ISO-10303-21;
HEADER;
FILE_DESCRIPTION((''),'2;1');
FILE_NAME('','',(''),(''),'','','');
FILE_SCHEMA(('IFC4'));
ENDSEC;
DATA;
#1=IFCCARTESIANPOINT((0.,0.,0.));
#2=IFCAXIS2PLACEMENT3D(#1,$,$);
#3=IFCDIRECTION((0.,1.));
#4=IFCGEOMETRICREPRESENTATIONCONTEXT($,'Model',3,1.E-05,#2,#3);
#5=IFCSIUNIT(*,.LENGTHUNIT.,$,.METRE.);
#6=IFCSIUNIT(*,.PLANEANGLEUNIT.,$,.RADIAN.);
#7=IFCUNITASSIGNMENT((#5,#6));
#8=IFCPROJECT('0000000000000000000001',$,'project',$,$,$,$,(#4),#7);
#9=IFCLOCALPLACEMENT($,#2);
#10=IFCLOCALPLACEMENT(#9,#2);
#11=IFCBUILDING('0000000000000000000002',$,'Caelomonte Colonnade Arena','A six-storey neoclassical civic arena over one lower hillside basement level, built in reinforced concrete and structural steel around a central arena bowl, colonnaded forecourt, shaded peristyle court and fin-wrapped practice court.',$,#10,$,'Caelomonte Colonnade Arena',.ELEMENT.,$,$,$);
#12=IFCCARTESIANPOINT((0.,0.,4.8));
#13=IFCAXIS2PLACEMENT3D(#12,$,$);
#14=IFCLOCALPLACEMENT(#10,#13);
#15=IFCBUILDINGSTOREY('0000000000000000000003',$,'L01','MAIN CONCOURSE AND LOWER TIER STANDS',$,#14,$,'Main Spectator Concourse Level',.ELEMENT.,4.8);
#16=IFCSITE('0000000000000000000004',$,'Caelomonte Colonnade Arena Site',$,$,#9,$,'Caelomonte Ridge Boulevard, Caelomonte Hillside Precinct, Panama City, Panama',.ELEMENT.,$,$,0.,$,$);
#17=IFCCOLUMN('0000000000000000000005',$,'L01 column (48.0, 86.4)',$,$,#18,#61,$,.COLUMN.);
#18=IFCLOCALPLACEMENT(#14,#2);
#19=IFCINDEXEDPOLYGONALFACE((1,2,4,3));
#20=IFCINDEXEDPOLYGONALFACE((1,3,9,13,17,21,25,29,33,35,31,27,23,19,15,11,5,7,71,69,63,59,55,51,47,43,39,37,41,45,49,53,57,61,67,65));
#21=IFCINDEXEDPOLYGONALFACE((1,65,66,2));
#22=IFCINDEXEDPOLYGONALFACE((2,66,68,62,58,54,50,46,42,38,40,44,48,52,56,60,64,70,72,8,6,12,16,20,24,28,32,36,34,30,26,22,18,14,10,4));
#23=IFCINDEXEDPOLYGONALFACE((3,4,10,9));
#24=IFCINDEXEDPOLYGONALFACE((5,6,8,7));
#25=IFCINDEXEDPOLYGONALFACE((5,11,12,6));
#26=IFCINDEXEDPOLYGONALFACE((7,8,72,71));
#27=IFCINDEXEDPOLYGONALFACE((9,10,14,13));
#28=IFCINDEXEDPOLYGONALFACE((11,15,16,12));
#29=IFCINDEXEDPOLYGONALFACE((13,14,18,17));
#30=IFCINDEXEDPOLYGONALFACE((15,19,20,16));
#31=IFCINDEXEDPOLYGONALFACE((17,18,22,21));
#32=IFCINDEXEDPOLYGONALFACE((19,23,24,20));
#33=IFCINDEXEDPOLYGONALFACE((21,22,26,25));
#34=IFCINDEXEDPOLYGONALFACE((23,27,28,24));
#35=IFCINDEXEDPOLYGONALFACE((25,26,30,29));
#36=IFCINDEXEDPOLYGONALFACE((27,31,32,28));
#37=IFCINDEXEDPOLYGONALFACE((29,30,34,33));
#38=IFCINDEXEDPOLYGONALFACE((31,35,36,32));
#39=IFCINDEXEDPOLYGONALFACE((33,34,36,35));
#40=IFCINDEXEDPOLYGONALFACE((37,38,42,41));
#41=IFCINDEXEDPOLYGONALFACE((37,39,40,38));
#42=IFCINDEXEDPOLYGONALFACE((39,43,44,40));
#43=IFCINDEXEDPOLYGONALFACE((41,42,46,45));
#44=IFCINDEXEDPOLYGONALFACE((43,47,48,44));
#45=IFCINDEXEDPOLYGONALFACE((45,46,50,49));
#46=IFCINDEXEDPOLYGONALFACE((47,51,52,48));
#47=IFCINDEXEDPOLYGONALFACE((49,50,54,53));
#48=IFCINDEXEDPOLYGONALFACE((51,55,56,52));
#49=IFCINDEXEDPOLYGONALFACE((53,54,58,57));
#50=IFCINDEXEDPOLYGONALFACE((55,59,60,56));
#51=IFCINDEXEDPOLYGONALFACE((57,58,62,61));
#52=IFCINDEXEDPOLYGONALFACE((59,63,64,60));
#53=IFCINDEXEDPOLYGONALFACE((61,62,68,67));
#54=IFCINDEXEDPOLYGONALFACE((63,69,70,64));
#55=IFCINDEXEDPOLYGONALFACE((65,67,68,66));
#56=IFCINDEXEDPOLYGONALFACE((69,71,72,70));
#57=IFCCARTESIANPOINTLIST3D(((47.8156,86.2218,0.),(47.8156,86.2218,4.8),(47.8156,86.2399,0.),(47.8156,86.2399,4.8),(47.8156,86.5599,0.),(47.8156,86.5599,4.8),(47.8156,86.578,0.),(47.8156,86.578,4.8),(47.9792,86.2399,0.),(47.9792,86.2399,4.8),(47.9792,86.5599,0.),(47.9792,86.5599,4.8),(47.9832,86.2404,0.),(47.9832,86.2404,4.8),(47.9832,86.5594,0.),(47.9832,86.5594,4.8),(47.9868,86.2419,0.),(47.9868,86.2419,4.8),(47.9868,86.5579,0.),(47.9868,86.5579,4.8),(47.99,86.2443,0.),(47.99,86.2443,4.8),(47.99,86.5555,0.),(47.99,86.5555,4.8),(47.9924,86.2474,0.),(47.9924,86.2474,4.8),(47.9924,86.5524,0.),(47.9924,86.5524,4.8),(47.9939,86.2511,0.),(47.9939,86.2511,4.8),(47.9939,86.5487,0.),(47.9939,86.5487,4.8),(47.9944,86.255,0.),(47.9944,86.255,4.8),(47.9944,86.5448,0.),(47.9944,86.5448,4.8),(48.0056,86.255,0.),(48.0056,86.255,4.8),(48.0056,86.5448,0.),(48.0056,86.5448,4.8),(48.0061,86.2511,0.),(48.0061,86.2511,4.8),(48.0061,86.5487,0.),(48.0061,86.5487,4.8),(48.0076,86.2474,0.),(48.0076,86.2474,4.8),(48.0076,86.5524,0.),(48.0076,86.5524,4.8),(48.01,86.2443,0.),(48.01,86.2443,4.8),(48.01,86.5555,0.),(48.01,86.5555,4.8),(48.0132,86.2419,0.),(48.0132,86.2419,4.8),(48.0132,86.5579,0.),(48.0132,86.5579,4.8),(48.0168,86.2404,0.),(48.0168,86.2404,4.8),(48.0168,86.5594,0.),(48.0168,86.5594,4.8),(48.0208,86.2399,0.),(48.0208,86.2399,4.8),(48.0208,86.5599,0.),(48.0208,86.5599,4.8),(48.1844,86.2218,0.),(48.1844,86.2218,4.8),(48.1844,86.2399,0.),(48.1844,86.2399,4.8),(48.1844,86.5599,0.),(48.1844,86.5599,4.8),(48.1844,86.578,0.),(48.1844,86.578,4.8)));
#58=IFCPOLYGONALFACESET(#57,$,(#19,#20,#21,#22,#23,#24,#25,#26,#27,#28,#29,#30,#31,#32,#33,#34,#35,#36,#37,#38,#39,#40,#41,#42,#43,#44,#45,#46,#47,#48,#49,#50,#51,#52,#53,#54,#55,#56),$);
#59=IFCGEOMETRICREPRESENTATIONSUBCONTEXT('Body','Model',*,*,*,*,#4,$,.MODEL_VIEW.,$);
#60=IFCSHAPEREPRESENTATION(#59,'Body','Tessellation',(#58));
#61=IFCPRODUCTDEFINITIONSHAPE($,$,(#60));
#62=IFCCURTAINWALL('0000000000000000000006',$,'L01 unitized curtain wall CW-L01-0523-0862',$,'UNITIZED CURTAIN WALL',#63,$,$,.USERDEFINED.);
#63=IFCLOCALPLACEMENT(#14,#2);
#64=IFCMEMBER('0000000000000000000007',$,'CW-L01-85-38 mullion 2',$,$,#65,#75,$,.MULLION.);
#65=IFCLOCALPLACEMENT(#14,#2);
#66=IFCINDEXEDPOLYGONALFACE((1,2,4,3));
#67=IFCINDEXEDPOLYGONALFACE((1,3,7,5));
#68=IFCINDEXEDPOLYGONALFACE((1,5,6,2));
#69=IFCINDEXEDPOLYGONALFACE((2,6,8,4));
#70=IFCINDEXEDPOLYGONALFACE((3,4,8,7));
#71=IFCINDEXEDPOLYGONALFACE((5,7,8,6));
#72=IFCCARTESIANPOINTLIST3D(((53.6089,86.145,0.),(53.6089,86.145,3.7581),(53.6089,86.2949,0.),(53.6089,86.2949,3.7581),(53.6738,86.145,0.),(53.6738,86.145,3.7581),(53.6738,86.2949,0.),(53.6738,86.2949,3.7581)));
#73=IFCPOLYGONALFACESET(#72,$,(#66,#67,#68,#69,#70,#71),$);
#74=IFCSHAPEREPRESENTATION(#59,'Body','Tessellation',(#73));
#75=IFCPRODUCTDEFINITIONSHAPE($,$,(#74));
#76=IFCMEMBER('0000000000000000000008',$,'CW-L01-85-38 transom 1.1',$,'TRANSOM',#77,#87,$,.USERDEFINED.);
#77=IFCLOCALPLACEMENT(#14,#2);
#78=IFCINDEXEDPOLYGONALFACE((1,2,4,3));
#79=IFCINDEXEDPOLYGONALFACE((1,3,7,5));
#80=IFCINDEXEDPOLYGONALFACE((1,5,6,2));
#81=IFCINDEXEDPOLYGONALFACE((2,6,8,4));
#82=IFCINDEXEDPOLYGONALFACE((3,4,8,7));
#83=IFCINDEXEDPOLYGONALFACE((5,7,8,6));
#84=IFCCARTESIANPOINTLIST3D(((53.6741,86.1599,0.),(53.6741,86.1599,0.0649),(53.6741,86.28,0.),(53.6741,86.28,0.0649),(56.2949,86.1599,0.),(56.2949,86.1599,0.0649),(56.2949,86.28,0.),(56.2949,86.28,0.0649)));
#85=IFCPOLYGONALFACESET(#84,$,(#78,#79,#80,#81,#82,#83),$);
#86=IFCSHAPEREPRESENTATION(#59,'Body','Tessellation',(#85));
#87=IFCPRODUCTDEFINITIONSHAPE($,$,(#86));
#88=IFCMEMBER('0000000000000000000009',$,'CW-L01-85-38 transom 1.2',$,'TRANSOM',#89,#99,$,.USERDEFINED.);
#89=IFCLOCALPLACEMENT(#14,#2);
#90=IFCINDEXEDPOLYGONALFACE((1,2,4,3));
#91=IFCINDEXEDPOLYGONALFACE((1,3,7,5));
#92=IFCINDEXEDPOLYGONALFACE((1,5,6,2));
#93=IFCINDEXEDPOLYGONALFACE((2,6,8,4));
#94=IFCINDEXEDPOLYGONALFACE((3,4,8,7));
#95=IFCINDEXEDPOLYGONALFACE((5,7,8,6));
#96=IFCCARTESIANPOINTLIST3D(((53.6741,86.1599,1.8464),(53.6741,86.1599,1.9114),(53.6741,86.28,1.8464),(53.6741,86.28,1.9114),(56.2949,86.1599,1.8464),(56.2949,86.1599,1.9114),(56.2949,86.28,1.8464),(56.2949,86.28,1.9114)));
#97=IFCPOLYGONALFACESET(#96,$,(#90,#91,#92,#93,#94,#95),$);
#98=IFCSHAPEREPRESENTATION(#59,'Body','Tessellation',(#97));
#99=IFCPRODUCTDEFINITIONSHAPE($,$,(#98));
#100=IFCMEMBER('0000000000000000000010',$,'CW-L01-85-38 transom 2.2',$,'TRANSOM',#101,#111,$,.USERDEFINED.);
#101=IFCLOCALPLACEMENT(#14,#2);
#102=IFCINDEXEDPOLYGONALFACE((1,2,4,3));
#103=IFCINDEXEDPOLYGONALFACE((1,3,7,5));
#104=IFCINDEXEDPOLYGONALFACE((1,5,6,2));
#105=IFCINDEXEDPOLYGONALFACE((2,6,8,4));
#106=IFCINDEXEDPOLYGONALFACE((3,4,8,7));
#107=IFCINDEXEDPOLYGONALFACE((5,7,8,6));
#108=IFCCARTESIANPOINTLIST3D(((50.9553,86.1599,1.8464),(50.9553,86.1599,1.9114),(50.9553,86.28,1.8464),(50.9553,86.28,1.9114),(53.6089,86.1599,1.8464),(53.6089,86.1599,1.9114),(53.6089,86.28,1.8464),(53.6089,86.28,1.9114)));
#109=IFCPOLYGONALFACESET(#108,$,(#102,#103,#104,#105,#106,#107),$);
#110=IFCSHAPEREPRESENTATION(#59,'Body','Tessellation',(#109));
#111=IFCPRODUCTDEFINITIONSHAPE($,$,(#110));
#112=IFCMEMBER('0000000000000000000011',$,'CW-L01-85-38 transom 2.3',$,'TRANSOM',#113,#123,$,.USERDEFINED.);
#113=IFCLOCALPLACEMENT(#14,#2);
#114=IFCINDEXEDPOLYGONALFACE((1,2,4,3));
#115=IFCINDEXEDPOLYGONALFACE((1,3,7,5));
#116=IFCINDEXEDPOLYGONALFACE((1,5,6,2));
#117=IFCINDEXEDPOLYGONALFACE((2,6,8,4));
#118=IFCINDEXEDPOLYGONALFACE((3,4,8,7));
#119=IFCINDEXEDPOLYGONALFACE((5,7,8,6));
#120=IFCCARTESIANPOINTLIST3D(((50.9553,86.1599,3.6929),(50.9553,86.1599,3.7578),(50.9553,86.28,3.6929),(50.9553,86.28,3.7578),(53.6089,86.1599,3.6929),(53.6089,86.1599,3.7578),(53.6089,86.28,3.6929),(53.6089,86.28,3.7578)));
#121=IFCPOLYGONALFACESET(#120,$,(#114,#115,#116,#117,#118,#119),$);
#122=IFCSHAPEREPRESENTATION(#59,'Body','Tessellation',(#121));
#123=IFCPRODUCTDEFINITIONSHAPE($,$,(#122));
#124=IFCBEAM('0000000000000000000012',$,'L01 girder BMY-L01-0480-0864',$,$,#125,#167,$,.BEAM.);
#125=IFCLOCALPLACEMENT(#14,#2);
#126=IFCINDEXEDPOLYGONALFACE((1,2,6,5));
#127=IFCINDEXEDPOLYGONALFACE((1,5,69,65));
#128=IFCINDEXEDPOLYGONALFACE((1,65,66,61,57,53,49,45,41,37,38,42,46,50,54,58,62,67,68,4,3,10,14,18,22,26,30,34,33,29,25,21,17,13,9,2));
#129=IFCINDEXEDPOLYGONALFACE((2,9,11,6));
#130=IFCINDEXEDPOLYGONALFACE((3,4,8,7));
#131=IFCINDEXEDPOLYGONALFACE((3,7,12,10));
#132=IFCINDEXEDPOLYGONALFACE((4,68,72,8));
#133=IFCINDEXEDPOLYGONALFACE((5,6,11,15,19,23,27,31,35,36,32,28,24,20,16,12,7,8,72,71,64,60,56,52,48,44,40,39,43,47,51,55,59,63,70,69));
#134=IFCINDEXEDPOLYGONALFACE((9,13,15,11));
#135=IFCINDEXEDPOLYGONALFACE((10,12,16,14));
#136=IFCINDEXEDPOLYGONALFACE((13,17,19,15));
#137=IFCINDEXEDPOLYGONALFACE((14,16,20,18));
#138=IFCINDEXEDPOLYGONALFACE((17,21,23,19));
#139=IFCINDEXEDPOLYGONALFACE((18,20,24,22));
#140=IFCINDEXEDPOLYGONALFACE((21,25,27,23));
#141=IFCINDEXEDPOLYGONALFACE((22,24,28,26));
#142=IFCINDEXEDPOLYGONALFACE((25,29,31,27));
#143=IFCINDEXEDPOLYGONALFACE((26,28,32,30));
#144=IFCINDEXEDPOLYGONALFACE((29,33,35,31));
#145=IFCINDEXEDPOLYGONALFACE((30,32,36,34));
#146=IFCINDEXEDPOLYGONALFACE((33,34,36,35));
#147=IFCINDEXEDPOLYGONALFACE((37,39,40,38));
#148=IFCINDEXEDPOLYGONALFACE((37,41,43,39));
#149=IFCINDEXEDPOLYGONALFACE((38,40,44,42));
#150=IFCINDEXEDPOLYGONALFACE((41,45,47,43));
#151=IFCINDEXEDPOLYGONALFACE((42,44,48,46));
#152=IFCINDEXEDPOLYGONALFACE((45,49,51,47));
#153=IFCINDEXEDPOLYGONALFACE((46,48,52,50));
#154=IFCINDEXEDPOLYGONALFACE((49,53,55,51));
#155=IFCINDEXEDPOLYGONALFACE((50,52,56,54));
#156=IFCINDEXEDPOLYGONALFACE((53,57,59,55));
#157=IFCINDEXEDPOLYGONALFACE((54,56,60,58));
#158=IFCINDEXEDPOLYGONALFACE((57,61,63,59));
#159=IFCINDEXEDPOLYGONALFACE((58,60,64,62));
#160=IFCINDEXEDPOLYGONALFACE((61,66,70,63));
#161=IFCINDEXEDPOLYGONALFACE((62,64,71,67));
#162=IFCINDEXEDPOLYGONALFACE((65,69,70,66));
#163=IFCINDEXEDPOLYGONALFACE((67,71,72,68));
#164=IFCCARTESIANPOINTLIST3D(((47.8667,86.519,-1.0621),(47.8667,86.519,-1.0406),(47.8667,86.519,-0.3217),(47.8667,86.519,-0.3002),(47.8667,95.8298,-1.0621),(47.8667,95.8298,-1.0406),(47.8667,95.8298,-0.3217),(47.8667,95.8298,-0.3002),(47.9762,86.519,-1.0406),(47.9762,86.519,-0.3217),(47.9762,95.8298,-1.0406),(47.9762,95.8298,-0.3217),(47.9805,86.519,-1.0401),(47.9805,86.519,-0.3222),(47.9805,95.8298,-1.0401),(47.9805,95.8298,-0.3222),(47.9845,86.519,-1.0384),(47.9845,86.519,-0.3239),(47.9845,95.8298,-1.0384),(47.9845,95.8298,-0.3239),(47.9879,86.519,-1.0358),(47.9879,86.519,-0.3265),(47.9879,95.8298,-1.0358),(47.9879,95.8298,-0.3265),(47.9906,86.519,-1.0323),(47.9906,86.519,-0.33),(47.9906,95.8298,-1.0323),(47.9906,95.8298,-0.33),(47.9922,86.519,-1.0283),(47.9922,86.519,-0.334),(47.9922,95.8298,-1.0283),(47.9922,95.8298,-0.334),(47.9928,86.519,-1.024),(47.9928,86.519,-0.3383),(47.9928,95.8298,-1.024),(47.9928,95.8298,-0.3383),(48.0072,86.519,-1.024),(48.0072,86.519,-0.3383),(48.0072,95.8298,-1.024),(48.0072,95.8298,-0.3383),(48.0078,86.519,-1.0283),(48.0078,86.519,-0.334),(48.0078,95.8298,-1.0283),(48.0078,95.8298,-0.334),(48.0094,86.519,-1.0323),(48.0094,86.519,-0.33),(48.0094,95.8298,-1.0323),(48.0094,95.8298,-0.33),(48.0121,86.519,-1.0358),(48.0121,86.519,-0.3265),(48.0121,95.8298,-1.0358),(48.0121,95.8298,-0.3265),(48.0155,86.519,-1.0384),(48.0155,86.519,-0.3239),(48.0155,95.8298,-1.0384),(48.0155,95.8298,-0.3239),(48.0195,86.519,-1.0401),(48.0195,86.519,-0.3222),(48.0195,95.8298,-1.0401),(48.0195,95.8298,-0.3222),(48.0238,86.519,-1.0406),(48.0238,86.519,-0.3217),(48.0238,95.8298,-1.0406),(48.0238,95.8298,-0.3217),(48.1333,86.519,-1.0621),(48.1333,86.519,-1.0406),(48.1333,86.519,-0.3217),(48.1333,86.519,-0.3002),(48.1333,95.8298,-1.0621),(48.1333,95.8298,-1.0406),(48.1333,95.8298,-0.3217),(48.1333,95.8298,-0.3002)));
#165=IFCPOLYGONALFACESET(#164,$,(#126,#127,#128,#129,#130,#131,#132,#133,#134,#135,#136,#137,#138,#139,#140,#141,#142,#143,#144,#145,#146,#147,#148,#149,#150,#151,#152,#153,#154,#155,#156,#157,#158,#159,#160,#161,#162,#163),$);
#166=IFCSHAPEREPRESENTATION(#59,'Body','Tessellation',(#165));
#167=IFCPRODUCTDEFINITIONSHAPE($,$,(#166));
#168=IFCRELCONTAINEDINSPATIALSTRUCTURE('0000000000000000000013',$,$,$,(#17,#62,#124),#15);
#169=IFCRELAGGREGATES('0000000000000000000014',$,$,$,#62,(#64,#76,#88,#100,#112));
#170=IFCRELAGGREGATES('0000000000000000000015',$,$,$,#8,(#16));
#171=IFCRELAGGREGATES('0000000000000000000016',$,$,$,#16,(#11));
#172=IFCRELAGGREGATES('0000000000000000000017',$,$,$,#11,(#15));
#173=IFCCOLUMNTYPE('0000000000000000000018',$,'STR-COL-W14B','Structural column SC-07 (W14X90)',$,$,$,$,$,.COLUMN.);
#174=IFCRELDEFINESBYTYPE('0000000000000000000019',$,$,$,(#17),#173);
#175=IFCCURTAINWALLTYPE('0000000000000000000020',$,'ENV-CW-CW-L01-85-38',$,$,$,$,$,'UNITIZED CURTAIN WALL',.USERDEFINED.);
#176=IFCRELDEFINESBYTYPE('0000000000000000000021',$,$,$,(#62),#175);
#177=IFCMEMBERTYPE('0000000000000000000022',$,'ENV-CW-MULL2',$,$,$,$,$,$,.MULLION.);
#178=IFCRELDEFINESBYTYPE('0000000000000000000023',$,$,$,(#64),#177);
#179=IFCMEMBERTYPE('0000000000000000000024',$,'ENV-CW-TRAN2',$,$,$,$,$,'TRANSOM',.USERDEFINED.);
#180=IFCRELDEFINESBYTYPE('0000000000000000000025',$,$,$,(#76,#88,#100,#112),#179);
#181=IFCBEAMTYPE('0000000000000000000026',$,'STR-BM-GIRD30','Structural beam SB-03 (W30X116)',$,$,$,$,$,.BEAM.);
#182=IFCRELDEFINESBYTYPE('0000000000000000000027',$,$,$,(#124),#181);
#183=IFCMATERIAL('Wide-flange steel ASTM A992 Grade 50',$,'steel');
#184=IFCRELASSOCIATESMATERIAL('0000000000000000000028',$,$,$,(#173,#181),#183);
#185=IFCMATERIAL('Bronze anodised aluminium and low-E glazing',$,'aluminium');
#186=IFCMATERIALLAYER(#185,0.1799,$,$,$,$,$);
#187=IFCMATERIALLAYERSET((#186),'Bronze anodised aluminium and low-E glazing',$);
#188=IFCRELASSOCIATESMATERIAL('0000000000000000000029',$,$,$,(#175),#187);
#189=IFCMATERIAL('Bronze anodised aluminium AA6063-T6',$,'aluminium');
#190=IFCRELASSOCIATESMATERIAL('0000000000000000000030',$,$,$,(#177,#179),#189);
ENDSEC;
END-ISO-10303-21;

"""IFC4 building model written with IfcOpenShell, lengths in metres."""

from ifc_helpers import new_model, si_unit, direction, frame, origin, origin_2d, place, context, subcontext, project, spatial, rectangle, i_section, extrude, material, layer, layer_set, material_profile, profile_set, type_object, element, aggregate, save


model = new_model("IFC4")

# Units and contexts
model_context = context("Model", 3, precision=1e-05, world=origin(), true_north=direction((0.0, 1.0)))
body_context = subcontext(model_context, "Body", "Model", "MODEL_VIEW")
ifc_project = project(units=[si_unit("LENGTHUNIT", "METRE"), si_unit("PLANEANGLEUNIT", "RADIAN")], contexts=[model_context])

# Site, building, storey
site_placement = place(None, origin())
site = spatial("IfcSite", under=ifc_project, at=site_placement, Name="Caelomonte Colonnade Arena Site", LongName="Caelomonte Ridge Boulevard, Caelomonte Hillside Precinct, Panama City, Panama", CompositionType="ELEMENT", RefElevation=0.0)
building_placement = place(site_placement, origin())
building = spatial("IfcBuilding", under=site, at=building_placement, Name="Caelomonte Colonnade Arena", Description="A six-storey neoclassical civic arena over one lower hillside basement level, built in reinforced concrete and structural steel around a central arena bowl, colonnaded forecourt, shaded peristyle court and fin-wrapped practice court.", LongName="Caelomonte Colonnade Arena", CompositionType="ELEMENT")
storey_placement = place(building_placement, frame((0.0, 0.0, 4.8)))
storey = spatial("IfcBuildingStorey", under=building, at=storey_placement, Name="L01", Description="MAIN CONCOURSE AND LOWER TIER STANDS", LongName="Main Spectator Concourse Level", CompositionType="ELEMENT", Elevation=4.8)

# Column
ifc_material_1 = material(Name="Wide-flange steel ASTM A992 Grade 50", Category="steel")
ifc_material_profile_1 = material_profile(ifc_material_1, i_section(OverallWidth=0.3689, OverallDepth=0.3562, WebThickness=0.0112, FlangeThickness=0.0181, FilletRadius=0.0151, at=origin_2d()), Name="W14X90")
ifc_profile_set_1 = profile_set([ifc_material_profile_1], Name="Wide-flange steel ASTM A992 Grade 50")
column_type = type_object("IfcColumnType", Name="STR-COL-W14B", Description="Structural column SC-07 (W14X90)", PredefinedType="COLUMN", material=ifc_profile_set_1)
column_placement = place(storey_placement, frame((48.0, 86.3999, 0.0), z_axis=(0.0, 0.0, 1.0), x_axis=(1.0, 0.0, 0.0)))
element("IfcColumn", 1, at=column_placement, inside=storey, type_object=column_type, Name="L01 column (48.0, 86.4)", PredefinedType="COLUMN", context=body_context, shape_type="SweptSolid", body=[
    extrude(i_section(OverallWidth=0.3689, OverallDepth=0.3562, WebThickness=0.0112, FlangeThickness=0.0181, FilletRadius=0.0151, at=origin_2d()), origin(), (0.0, 0.0, 1.0), 4.8),
])

# Curtain wall, members
ifc_material_2 = material(Name="Bronze anodised aluminium and low-E glazing", Category="aluminium")
ifc_layer_1 = layer(ifc_material_2, 0.1799)
ifc_layer_set_1 = layer_set([ifc_layer_1], Name="Bronze anodised aluminium and low-E glazing")
curtain_wall_type = type_object("IfcCurtainWallType", Name="ENV-CW-CW-L01-85-38", ElementType="UNITIZED CURTAIN WALL", PredefinedType="USERDEFINED", material=ifc_layer_set_1)
curtain_wall_placement = place(storey_placement, origin())
curtain_wall = element("IfcCurtainWall", 2, at=curtain_wall_placement, inside=storey, type_object=curtain_wall_type, Name="L01 unitized curtain wall CW-L01-0523-0862", ObjectType="UNITIZED CURTAIN WALL", PredefinedType="USERDEFINED")
ifc_material_3 = material(Name="Bronze anodised aluminium AA6063-T6", Category="aluminium")
ifc_material_profile_2 = material_profile(ifc_material_3, rectangle(XDim=0.0649, YDim=0.1499, at=origin_2d()), Name="CWM-65X150")
ifc_profile_set_2 = profile_set([ifc_material_profile_2], Name="Bronze anodised aluminium AA6063-T6")
member_type_1 = type_object("IfcMemberType", Name="ENV-CW-MULL2", PredefinedType="MULLION", material=ifc_profile_set_2)
member_1_placement = place(storey_placement, frame((53.6414, 86.22, 0.0), z_axis=(0.0, 0.0, 1.0), x_axis=(-1.0, 0.0, 0.0)))
member_1 = element("IfcMember", 3, at=member_1_placement, type_object=member_type_1, Name="CW-L01-85-38 mullion 2", PredefinedType="MULLION", context=body_context, shape_type="SweptSolid", body=[
    extrude(rectangle(XDim=0.0649, YDim=0.1499, at=origin_2d()), origin(), (0.0, 0.0, 1.0), 3.7581),
])
ifc_material_profile_3 = material_profile(ifc_material_3, rectangle(XDim=0.0649, YDim=0.1201, at=origin_2d()), Name="CWT-65X120")
ifc_profile_set_3 = profile_set([ifc_material_profile_3], Name="Bronze anodised aluminium AA6063-T6")
member_type_2 = type_object("IfcMemberType", Name="ENV-CW-TRAN2", ElementType="TRANSOM", PredefinedType="USERDEFINED", material=ifc_profile_set_3)
member_2_placement = place(storey_placement, frame((56.2949, 86.22, 0.0325), z_axis=(-1.0, 0.0, 0.0), x_axis=(0.0, 0.0, 1.0)))
member_2 = element("IfcMember", 4, at=member_2_placement, type_object=member_type_2, Name="CW-L01-85-38 transom 1.1", ObjectType="TRANSOM", PredefinedType="USERDEFINED", context=body_context, shape_type="SweptSolid", body=[
    extrude(rectangle(XDim=0.0649, YDim=0.1201, at=origin_2d()), origin(), (0.0, 0.0, 1.0), 2.6208),
])
member_3_placement = place(storey_placement, frame((56.2949, 86.22, 1.8789), z_axis=(-1.0, 0.0, 0.0), x_axis=(0.0, 0.0, 1.0)))
member_3 = element("IfcMember", 5, at=member_3_placement, type_object=member_type_2, Name="CW-L01-85-38 transom 1.2", ObjectType="TRANSOM", PredefinedType="USERDEFINED", context=body_context, shape_type="SweptSolid", body=[
    extrude(rectangle(XDim=0.0649, YDim=0.1201, at=origin_2d()), origin(), (0.0, 0.0, 1.0), 2.6208),
])
member_4_placement = place(storey_placement, frame((53.6089, 86.22, 1.8789), z_axis=(-1.0, 0.0, 0.0), x_axis=(0.0, 0.0, 1.0)))
member_4 = element("IfcMember", 6, at=member_4_placement, type_object=member_type_2, Name="CW-L01-85-38 transom 2.2", ObjectType="TRANSOM", PredefinedType="USERDEFINED", context=body_context, shape_type="SweptSolid", body=[
    extrude(rectangle(XDim=0.0649, YDim=0.1201, at=origin_2d()), origin(), (0.0, 0.0, 1.0), 2.6536),
])
member_5_placement = place(storey_placement, frame((53.6089, 86.22, 3.7253), z_axis=(-1.0, 0.0, 0.0), x_axis=(0.0, 0.0, 1.0)))
member_5 = element("IfcMember", 7, at=member_5_placement, type_object=member_type_2, Name="CW-L01-85-38 transom 2.3", ObjectType="TRANSOM", PredefinedType="USERDEFINED", context=body_context, shape_type="SweptSolid", body=[
    extrude(rectangle(XDim=0.0649, YDim=0.1201, at=origin_2d()), origin(), (0.0, 0.0, 1.0), 2.6536),
])

# Beam
ifc_material_profile_4 = material_profile(ifc_material_1, i_section(OverallWidth=0.2666, OverallDepth=0.762, WebThickness=0.0144, FlangeThickness=0.0215, FilletRadius=0.0166, at=origin_2d()), Name="W30X116")
ifc_profile_set_4 = profile_set([ifc_material_profile_4], Name="Wide-flange steel ASTM A992 Grade 50")
beam_type_1 = type_object("IfcBeamType", Name="STR-BM-GIRD30", Description="Structural beam SB-03 (W30X116)", PredefinedType="BEAM", material=ifc_profile_set_4)
beam_1_placement = place(storey_placement, frame((48.0, 86.519, -0.6812), z_axis=(0.0, 1.0, 0.0), x_axis=(-1.0, 0.0, 0.0)))
element("IfcBeam", 8, at=beam_1_placement, inside=storey, type_object=beam_type_1, Name="L01 girder BMY-L01-0480-0864", PredefinedType="BEAM", context=body_context, shape_type="SweptSolid", body=[
    extrude(i_section(OverallWidth=0.2666, OverallDepth=0.762, WebThickness=0.0144, FlangeThickness=0.0215, FilletRadius=0.0166, at=origin_2d()), origin(), (0.0, 0.0, 1.0), 9.3108),
])

aggregate(curtain_wall, [member_1, member_2, member_3, member_4, member_5])

save(model, "model.ifc")
